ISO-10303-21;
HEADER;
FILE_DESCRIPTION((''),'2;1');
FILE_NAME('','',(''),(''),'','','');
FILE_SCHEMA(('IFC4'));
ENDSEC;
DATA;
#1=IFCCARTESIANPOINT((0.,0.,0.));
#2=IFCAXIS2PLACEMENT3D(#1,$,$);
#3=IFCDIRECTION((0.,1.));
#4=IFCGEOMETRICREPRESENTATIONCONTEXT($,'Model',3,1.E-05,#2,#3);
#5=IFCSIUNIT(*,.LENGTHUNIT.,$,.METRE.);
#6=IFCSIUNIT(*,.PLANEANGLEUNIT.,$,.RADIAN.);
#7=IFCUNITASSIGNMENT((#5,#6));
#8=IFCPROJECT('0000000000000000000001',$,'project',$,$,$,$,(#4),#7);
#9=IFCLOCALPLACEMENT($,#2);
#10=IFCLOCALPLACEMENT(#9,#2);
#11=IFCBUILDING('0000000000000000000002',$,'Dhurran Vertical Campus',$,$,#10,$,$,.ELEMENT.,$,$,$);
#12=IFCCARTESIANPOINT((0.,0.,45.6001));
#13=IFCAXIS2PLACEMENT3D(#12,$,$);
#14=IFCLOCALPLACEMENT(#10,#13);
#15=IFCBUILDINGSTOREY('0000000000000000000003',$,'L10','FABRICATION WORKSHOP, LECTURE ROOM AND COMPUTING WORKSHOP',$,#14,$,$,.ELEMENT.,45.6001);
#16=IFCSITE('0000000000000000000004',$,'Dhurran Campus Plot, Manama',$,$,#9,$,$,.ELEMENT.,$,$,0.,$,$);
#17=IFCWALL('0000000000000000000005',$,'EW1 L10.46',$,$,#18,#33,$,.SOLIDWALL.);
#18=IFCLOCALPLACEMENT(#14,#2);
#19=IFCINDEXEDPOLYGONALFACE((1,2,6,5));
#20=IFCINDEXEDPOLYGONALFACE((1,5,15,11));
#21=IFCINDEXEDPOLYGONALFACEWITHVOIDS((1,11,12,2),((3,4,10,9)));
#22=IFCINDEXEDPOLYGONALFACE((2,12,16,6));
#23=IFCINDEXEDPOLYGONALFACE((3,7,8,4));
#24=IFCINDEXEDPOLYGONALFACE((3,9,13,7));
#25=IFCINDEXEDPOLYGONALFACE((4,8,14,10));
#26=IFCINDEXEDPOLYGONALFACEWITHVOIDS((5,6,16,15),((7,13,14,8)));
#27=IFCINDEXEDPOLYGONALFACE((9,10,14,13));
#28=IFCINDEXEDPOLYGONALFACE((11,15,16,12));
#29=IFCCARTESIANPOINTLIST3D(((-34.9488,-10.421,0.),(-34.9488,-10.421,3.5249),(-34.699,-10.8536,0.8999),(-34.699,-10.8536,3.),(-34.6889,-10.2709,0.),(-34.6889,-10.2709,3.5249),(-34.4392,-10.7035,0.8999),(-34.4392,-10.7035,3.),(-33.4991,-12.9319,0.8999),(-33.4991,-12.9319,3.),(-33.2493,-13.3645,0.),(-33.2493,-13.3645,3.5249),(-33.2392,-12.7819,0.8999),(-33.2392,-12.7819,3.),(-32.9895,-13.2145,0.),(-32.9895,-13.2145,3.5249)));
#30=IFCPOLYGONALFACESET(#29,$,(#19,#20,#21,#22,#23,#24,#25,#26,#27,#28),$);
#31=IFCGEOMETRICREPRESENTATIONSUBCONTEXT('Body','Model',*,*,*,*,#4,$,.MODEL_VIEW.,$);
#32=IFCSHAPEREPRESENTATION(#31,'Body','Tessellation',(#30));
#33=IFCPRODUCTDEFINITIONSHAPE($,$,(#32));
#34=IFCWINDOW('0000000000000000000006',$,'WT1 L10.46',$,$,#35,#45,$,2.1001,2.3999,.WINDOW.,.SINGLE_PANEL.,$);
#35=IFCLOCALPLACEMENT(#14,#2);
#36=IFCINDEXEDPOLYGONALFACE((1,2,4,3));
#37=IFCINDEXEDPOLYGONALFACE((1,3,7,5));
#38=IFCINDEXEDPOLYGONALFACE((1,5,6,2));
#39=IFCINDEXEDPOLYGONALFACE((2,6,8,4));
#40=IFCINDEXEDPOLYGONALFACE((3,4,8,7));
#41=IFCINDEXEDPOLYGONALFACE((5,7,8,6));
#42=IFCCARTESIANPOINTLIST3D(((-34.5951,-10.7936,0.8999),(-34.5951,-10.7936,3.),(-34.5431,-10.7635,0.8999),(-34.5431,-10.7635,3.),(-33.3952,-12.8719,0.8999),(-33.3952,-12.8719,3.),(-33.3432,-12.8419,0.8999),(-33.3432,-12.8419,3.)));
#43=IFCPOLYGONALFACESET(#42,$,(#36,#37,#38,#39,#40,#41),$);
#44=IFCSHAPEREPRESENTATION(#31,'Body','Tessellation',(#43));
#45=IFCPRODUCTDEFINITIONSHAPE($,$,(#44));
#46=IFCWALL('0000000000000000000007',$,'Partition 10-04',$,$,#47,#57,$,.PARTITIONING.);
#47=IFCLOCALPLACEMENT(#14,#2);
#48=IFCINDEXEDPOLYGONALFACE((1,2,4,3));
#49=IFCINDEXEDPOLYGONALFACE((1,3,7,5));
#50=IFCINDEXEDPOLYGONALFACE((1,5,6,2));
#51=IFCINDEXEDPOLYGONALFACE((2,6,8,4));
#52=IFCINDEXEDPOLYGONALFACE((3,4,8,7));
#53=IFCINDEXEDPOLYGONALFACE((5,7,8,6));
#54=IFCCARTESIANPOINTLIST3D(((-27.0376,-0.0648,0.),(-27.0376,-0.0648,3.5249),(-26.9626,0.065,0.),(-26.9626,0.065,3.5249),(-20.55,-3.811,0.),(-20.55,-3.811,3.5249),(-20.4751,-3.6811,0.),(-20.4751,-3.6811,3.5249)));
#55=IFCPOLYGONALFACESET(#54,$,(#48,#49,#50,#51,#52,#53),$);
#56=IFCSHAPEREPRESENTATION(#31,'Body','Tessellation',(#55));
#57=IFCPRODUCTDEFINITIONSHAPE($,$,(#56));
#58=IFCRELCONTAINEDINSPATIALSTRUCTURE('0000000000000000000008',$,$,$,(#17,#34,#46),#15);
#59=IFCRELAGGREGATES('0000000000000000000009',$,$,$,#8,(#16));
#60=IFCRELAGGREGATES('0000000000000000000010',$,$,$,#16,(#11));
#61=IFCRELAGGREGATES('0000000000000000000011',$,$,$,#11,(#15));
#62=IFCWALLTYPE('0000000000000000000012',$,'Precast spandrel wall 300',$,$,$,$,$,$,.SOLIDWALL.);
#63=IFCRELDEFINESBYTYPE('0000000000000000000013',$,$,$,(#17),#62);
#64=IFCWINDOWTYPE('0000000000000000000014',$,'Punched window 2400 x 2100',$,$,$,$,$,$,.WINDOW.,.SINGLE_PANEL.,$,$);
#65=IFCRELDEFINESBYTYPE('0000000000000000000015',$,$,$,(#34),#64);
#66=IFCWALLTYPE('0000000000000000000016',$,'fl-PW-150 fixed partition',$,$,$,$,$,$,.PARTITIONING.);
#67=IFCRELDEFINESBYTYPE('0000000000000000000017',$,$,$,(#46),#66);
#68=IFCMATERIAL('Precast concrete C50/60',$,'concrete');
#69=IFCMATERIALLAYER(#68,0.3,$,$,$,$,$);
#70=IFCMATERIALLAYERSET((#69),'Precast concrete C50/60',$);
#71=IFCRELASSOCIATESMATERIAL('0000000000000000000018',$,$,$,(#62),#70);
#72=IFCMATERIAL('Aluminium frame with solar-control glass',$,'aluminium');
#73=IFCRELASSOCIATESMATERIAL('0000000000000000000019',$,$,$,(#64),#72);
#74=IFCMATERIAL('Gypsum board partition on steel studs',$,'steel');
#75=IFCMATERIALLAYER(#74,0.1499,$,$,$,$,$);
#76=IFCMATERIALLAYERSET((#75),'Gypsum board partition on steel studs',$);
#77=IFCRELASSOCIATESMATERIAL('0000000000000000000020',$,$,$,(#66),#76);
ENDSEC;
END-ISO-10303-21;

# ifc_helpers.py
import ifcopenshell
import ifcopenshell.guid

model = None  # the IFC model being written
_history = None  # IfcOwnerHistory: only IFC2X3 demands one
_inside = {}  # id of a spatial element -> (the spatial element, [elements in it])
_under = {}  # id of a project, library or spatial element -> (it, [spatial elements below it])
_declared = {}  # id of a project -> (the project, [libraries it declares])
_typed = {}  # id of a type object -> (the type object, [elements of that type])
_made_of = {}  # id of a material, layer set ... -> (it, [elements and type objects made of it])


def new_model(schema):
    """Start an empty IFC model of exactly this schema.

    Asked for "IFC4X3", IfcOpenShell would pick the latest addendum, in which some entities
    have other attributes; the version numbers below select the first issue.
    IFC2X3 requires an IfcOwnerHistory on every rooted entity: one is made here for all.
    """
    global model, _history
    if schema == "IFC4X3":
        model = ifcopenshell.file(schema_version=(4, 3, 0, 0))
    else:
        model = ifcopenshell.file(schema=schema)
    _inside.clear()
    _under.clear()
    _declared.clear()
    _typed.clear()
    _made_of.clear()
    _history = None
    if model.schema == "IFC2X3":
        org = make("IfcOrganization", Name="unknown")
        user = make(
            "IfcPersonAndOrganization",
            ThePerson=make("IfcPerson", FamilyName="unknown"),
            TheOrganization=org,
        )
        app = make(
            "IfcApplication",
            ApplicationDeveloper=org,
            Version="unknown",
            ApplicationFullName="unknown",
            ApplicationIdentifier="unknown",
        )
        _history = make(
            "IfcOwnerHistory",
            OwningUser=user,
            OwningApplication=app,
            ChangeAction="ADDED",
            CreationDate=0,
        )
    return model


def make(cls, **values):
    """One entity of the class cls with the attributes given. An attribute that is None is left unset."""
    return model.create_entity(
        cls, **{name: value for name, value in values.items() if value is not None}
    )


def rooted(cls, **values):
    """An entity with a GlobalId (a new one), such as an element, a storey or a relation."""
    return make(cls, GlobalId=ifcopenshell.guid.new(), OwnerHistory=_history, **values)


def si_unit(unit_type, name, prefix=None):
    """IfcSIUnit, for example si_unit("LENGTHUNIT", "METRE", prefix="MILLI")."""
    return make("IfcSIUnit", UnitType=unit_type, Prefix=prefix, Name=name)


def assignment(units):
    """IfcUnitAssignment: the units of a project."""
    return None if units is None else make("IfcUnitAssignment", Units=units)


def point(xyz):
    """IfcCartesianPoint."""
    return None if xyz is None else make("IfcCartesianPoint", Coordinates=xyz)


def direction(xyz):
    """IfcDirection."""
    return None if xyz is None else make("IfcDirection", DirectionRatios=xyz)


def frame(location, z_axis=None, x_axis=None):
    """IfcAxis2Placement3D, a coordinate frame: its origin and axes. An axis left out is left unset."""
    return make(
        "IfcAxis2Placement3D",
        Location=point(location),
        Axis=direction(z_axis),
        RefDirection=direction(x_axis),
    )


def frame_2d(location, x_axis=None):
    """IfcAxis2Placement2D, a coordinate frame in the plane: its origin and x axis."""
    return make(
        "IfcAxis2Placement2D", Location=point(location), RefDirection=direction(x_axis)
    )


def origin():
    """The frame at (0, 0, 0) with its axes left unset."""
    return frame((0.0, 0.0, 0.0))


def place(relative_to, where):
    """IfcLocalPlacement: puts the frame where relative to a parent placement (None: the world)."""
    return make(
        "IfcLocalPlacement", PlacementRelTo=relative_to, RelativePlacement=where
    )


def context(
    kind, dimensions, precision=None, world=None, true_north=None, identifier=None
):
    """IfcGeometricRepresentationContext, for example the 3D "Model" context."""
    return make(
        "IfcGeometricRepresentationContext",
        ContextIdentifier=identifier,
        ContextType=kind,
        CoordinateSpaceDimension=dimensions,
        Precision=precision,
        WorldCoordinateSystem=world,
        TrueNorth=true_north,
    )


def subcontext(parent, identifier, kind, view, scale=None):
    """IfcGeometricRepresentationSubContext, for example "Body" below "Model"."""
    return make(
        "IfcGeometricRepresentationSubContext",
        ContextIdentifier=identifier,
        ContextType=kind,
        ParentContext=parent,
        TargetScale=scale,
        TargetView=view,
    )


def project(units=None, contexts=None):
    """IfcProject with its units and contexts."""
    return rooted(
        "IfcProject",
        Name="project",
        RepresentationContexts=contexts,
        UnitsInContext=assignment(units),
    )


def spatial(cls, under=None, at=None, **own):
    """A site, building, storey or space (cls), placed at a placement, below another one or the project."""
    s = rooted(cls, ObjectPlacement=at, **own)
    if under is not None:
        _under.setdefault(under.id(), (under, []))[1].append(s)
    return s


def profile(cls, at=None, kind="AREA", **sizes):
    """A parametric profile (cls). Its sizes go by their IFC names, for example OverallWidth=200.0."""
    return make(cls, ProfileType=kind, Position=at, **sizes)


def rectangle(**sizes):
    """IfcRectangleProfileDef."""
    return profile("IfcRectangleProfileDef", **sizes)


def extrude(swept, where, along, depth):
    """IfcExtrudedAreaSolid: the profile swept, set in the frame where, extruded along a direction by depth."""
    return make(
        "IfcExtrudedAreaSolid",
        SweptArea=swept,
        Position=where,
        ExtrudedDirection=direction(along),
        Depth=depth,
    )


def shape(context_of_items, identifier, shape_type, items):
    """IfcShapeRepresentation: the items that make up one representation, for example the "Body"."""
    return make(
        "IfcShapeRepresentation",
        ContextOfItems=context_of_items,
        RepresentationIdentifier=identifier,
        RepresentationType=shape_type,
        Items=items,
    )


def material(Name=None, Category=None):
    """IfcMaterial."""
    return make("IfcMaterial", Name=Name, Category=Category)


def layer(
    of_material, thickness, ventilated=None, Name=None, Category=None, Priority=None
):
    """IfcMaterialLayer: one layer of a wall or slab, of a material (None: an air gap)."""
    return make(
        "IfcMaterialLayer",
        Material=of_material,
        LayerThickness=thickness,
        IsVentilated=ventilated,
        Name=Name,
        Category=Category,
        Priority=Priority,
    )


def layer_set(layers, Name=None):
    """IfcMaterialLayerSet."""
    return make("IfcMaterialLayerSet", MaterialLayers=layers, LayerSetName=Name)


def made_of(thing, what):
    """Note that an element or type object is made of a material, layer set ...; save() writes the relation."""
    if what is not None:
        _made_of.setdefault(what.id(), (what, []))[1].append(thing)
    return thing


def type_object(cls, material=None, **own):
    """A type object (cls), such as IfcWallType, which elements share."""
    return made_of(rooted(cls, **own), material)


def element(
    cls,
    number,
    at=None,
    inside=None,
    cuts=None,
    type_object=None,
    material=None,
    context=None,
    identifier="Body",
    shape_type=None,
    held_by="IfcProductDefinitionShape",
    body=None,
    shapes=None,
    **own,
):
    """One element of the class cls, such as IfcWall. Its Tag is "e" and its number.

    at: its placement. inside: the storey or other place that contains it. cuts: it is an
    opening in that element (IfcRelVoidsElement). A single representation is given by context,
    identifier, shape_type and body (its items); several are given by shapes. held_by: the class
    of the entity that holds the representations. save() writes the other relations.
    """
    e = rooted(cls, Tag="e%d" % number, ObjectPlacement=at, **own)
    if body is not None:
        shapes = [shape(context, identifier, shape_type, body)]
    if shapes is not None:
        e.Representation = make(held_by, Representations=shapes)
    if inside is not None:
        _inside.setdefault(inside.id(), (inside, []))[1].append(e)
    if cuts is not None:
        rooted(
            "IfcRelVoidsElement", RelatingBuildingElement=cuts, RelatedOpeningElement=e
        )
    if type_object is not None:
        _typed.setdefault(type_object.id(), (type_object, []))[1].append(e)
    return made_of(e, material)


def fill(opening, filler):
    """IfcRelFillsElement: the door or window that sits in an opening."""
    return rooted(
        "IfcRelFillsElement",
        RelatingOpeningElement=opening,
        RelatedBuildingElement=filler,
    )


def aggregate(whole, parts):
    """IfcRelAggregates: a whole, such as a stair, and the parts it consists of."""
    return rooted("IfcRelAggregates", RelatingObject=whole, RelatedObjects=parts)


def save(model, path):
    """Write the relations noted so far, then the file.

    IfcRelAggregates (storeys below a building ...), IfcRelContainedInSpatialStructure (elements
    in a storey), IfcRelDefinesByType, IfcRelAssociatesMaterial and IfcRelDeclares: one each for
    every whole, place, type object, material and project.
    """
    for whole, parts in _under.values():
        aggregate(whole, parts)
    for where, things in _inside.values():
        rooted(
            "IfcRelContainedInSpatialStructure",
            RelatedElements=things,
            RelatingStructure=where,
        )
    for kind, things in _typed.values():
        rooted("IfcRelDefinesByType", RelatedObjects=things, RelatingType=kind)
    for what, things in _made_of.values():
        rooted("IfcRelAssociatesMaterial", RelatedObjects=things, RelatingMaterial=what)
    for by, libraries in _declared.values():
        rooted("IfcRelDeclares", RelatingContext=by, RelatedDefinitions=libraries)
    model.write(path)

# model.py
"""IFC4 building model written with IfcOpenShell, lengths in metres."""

from ifc_helpers import new_model, si_unit, direction, frame, frame_2d, origin, place, context, subcontext, project, spatial, rectangle, extrude, material, layer, layer_set, type_object, element, fill, save


model = new_model("IFC4")

# Units and contexts
model_context = context("Model", 3, precision=1e-05, world=origin(), true_north=direction((0.0, 1.0)))
body_context = subcontext(model_context, "Body", "Model", "MODEL_VIEW")
ifc_project = project(units=[si_unit("LENGTHUNIT", "METRE"), si_unit("PLANEANGLEUNIT", "RADIAN")], contexts=[model_context])

# Site, building, storey
site_placement = place(None, origin())
site = spatial("IfcSite", under=ifc_project, at=site_placement, Name="Dhurran Campus Plot, Manama", CompositionType="ELEMENT", RefElevation=0.0)
building_placement = place(site_placement, origin())
building = spatial("IfcBuilding", under=site, at=building_placement, Name="Dhurran Vertical Campus", CompositionType="ELEMENT")
storey_placement = place(building_placement, frame((0.0, 0.0, 45.6001)))
storey = spatial("IfcBuildingStorey", under=building, at=storey_placement, Name="L10", Description="FABRICATION WORKSHOP, LECTURE ROOM AND COMPUTING WORKSHOP", CompositionType="ELEMENT", Elevation=45.6001)

# Wall, opening, window
ifc_material_1 = material(Name="Precast concrete C50/60", Category="concrete")
ifc_layer_1 = layer(ifc_material_1, 0.3)
ifc_layer_set_1 = layer_set([ifc_layer_1], Name="Precast concrete C50/60")
wall_type_1 = type_object("IfcWallType", Name="Precast spandrel wall 300", PredefinedType="SOLIDWALL", material=ifc_layer_set_1)
ifc_material_2 = material(Name="Aluminium frame with solar-control glass", Category="aluminium")
window_type = type_object("IfcWindowType", Name="Punched window 2400 x 2100", PartitioningType="SINGLE_PANEL", PredefinedType="WINDOW", material=ifc_material_2)
wall_1_placement = place(storey_placement, frame((-34.8188, -10.3459, 0.0), z_axis=(0.0, 0.0, 1.0), x_axis=(0.499994, -0.866029, 0.0)))
wall_1 = element("IfcWall", 1, at=wall_1_placement, inside=storey, type_object=wall_type_1, Name="EW1 L10.46", PredefinedType="SOLIDWALL", context=body_context, shape_type="SweptSolid", body=[
    extrude(rectangle(XDim=3.3989, YDim=0.3, at=frame_2d((1.6995, 0.0))), origin(), (0.0, 0.0, 1.0), 3.5249),
])
opening_1_placement = place(wall_1_placement, frame((0.4995, 0.0, 0.8999)))
opening_1 = element("IfcOpeningElement", 2, at=opening_1_placement, cuts=wall_1, PredefinedType="OPENING", context=body_context, shape_type="SweptSolid", body=[
    extrude(rectangle(XDim=2.3999, YDim=2.1001, at=frame_2d((1.2, 1.05))), frame((0.0, 0.1599, 0.0), z_axis=(0.0, -1.0, 0.0), x_axis=(1.0, 0.0, 0.0)), (0.0, 0.0, 1.0), 0.3201),
])
window_1_placement = place(opening_1_placement, origin())
window_1 = element("IfcWindow", 3, at=window_1_placement, inside=storey, type_object=window_type, Name="WT1 L10.46", OverallHeight=2.1001, OverallWidth=2.3999, PartitioningType="SINGLE_PANEL", PredefinedType="WINDOW", context=body_context, shape_type="SweptSolid", body=[
    extrude(rectangle(XDim=2.3999, YDim=2.1001, at=frame_2d((1.2, 1.05))), frame((0.0, 0.03, 0.0), z_axis=(0.0, -1.0, 0.0), x_axis=(1.0, 0.0, 0.0)), (0.0, 0.0, 1.0), 0.0601),
])
fill(opening_1, window_1)

# Wall
ifc_material_3 = material(Name="Gypsum board partition on steel studs", Category="steel")
ifc_layer_2 = layer(ifc_material_3, 0.1499)
ifc_layer_set_2 = layer_set([ifc_layer_2], Name="Gypsum board partition on steel studs")
wall_type_2 = type_object("IfcWallType", Name="fl-PW-150 fixed partition", PredefinedType="PARTITIONING", material=ifc_layer_set_2)
wall_2_placement = place(storey_placement, frame((-27.0, 0.0, 0.0), z_axis=(0.0, 0.0, 1.0), x_axis=(0.865996, -0.500051, 0.0)))
element("IfcWall", 4, at=wall_2_placement, inside=storey, type_object=wall_type_2, Name="Partition 10-04", PredefinedType="PARTITIONING", context=body_context, shape_type="SweptSolid", body=[
    extrude(rectangle(XDim=7.4915, YDim=0.1499, at=frame_2d((3.7456, 0.0))), origin(), (0.0, 0.0, 1.0), 3.5249),
])

save(model, "model.ifc")
